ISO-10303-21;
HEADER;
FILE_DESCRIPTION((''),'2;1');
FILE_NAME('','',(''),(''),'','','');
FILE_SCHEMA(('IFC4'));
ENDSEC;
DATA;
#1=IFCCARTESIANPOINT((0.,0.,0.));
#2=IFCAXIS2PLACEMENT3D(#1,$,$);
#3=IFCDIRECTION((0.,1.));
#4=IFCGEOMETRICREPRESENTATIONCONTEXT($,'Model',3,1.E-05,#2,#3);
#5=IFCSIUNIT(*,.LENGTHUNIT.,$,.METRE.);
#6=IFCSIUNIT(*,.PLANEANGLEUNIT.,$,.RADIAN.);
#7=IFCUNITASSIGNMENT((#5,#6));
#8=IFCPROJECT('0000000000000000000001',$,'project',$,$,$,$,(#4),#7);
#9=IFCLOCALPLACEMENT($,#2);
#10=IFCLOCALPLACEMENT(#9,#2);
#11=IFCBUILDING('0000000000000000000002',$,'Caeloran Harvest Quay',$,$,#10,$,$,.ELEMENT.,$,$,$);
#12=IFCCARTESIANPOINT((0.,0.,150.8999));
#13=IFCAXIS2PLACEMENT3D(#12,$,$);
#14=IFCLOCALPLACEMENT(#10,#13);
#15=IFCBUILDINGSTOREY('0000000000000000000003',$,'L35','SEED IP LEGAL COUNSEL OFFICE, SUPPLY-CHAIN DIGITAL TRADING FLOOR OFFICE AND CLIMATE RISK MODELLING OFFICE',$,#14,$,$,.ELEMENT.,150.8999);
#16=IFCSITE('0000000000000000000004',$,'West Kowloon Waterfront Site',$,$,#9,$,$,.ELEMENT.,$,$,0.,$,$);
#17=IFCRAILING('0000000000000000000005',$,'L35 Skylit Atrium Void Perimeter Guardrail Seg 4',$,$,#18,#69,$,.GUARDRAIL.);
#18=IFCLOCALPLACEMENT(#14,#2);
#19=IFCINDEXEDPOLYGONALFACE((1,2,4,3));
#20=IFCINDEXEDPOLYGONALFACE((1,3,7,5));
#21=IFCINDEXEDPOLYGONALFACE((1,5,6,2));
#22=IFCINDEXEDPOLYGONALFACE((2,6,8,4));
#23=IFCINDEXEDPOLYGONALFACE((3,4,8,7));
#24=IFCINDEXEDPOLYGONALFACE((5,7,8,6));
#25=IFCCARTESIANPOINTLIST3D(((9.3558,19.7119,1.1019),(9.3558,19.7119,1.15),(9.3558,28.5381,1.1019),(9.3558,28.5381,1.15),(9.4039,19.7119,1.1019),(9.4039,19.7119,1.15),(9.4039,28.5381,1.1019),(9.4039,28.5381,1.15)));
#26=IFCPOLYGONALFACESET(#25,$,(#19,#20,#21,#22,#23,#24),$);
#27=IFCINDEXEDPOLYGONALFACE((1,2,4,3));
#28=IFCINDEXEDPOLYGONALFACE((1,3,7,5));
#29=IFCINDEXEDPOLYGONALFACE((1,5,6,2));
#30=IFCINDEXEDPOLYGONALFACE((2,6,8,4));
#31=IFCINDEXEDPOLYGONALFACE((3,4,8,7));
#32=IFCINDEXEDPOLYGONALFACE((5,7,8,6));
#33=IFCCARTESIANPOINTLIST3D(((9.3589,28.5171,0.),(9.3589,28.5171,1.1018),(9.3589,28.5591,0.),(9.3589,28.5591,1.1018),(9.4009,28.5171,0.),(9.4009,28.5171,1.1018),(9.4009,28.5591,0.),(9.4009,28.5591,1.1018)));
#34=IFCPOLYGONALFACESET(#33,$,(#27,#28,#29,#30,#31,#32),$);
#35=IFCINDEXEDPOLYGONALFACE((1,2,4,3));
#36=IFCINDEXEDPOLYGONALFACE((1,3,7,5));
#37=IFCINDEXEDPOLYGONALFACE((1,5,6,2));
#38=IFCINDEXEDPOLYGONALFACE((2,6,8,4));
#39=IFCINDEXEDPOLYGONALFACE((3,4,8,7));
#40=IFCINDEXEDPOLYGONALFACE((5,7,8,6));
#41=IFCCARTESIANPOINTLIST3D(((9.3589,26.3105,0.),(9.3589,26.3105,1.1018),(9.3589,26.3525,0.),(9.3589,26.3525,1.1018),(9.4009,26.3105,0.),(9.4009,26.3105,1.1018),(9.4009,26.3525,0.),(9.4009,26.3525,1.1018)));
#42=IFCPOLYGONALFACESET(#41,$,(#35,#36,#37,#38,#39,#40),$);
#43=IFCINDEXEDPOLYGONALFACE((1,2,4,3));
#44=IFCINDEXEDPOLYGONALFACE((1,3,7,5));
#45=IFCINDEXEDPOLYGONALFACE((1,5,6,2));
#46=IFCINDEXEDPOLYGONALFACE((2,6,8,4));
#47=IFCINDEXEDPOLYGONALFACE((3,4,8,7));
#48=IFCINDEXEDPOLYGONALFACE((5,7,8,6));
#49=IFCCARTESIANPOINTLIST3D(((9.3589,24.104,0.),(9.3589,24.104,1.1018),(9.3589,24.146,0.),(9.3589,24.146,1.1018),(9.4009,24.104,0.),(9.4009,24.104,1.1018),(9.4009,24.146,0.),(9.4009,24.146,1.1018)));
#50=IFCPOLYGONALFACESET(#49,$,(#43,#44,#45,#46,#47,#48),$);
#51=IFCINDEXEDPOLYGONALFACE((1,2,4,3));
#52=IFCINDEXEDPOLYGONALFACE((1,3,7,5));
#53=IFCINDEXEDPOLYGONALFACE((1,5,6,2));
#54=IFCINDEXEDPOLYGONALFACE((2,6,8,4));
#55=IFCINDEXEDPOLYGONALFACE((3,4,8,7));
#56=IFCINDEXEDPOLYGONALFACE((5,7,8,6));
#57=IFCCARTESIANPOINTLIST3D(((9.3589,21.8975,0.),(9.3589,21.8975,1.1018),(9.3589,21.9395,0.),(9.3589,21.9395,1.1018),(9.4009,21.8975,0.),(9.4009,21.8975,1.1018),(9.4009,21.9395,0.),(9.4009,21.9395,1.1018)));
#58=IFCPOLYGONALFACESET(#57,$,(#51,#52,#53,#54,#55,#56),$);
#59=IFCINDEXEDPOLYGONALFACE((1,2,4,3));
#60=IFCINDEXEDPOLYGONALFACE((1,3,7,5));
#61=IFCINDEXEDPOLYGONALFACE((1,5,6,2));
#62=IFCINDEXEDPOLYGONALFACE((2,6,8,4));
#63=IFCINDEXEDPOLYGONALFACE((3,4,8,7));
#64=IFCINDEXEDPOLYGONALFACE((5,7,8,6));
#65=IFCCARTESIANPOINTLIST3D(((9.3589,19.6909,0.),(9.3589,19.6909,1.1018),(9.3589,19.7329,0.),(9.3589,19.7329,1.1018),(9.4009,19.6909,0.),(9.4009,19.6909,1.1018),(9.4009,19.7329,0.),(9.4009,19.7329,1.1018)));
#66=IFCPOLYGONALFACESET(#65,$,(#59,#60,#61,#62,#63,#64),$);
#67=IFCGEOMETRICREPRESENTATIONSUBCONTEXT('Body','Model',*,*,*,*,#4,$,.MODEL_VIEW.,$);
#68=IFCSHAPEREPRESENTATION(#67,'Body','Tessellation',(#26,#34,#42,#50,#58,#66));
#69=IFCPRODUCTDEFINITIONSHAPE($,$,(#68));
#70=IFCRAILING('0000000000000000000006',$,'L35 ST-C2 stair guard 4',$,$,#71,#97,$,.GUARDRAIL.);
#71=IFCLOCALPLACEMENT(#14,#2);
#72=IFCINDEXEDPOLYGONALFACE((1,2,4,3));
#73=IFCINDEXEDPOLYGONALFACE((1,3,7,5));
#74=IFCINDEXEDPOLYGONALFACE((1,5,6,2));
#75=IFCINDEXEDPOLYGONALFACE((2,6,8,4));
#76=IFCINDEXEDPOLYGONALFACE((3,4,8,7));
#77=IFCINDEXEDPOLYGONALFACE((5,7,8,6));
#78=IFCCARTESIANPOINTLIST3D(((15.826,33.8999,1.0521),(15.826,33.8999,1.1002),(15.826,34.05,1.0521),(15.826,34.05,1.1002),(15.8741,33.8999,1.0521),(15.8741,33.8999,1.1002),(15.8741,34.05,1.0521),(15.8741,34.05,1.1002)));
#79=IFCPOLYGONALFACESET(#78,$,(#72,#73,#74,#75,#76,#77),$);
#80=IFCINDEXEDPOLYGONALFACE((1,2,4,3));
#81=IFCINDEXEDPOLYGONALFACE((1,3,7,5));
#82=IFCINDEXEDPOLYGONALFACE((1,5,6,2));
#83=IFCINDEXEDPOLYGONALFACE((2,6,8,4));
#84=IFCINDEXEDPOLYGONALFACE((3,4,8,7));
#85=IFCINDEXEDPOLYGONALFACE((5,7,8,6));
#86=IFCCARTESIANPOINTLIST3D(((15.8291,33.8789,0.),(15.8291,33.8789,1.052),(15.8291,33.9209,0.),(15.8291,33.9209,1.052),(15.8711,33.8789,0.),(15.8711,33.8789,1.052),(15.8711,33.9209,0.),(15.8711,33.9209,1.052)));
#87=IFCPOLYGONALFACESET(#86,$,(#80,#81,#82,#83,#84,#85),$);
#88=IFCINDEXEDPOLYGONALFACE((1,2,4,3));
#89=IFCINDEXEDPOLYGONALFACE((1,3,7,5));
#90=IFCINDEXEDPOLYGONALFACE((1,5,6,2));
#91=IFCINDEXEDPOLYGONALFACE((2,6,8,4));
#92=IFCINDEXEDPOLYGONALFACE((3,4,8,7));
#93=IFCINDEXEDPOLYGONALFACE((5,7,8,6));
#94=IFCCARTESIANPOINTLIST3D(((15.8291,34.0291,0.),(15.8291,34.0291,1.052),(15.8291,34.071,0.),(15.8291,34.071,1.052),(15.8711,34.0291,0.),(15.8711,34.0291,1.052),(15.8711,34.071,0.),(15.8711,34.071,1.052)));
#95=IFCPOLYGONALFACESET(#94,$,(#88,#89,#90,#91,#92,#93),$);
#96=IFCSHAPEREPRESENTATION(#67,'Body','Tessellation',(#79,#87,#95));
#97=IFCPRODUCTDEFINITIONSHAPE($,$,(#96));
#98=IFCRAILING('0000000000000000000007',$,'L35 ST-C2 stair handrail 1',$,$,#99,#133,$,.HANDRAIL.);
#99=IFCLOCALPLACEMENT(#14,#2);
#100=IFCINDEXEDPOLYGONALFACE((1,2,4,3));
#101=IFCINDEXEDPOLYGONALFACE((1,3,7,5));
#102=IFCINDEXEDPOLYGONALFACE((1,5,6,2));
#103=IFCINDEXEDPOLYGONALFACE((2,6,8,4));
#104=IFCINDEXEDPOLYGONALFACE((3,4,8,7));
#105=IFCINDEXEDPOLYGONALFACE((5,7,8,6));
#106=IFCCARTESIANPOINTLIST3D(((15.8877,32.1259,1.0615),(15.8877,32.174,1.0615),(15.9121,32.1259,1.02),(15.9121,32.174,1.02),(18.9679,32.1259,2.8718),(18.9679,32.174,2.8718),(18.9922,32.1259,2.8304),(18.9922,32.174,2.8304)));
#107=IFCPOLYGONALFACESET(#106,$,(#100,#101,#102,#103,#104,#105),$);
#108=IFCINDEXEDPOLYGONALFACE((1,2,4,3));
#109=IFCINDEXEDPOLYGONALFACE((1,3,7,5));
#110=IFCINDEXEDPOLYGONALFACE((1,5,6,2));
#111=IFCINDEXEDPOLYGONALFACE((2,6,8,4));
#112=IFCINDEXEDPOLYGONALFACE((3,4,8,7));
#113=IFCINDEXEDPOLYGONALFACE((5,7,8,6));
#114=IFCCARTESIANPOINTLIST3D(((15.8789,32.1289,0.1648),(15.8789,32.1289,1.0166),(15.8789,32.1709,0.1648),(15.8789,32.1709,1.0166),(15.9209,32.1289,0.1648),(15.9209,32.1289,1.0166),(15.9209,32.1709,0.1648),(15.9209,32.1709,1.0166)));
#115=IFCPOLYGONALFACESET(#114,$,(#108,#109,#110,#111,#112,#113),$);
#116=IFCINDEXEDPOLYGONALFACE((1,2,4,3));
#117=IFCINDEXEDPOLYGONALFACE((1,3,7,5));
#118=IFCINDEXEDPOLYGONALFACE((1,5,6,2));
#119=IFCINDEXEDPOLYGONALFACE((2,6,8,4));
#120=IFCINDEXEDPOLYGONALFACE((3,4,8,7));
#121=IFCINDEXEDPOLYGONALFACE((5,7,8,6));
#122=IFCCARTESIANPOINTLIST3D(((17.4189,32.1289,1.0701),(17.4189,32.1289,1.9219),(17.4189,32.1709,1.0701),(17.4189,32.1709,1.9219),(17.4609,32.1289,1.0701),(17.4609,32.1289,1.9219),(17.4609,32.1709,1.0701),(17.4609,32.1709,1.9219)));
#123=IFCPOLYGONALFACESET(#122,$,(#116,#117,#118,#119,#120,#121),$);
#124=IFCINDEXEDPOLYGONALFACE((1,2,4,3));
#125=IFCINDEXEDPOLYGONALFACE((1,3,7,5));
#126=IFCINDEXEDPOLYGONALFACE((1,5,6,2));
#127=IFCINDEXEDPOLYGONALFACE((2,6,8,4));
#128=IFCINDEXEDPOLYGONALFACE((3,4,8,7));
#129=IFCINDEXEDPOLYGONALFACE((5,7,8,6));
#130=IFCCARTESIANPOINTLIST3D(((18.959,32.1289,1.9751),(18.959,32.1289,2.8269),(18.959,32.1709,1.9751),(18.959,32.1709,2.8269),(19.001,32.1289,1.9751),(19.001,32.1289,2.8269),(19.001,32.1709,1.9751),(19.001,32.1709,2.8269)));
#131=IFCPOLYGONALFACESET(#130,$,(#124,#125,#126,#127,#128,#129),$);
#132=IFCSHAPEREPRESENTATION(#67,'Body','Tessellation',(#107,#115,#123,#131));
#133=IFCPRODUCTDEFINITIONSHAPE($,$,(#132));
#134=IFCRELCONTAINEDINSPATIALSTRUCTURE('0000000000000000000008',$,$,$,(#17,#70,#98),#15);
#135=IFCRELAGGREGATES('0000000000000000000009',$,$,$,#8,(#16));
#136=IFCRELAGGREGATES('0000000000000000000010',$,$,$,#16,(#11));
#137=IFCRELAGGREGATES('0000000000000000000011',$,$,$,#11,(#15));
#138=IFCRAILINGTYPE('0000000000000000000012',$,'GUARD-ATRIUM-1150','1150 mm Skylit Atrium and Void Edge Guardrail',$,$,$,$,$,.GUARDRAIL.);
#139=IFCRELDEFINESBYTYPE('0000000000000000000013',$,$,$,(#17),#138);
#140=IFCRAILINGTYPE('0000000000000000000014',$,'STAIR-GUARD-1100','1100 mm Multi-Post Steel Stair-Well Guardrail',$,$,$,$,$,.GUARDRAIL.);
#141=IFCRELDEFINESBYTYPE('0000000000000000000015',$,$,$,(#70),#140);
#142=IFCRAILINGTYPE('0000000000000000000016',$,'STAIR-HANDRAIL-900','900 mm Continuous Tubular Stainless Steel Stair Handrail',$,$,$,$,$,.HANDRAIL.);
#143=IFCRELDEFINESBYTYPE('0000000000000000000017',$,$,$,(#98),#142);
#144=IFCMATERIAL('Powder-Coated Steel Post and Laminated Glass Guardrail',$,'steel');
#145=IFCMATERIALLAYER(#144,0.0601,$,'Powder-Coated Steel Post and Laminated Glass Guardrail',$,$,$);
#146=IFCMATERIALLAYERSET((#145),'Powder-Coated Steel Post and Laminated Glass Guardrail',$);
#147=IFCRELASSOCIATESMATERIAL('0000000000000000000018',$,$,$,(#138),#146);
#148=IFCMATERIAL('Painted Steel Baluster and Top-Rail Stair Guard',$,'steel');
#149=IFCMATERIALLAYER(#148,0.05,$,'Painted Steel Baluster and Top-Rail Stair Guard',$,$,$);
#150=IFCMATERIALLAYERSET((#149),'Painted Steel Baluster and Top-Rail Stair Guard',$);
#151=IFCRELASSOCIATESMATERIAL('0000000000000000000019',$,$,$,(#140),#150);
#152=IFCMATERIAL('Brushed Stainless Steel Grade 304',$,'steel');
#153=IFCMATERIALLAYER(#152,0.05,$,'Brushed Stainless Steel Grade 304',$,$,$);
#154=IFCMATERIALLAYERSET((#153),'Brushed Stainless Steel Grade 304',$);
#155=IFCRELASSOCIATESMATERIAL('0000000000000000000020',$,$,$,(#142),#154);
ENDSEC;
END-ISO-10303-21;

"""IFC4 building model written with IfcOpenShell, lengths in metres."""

from ifc_helpers import new_model, si_unit, direction, frame, origin, origin_2d, place, context, subcontext, project, spatial, rectangle, extrude, material, layer, layer_set, type_object, element, save


model = new_model("IFC4")

# Units and contexts
model_context = context("Model", 3, precision=1e-05, world=origin(), true_north=direction((0.0, 1.0)))
body_context = subcontext(model_context, "Body", "Model", "MODEL_VIEW")
ifc_project = project(units=[si_unit("LENGTHUNIT", "METRE"), si_unit("PLANEANGLEUNIT", "RADIAN")], contexts=[model_context])

# Site, building, storey
site_placement = place(None, origin())
site = spatial("IfcSite", under=ifc_project, at=site_placement, Name="West Kowloon Waterfront Site", CompositionType="ELEMENT", RefElevation=0.0)
building_placement = place(site_placement, origin())
building = spatial("IfcBuilding", under=site, at=building_placement, Name="Caeloran Harvest Quay", CompositionType="ELEMENT")
storey_placement = place(building_placement, frame((0.0, 0.0, 150.8999)))
storey = spatial("IfcBuildingStorey", under=building, at=storey_placement, Name="L35", Description="SEED IP LEGAL COUNSEL OFFICE, SUPPLY-CHAIN DIGITAL TRADING FLOOR OFFICE AND CLIMATE RISK MODELLING OFFICE", CompositionType="ELEMENT", Elevation=150.8999)

# Railings
ifc_material_1 = material(Name="Powder-Coated Steel Post and Laminated Glass Guardrail", Category="steel")
ifc_layer_1 = layer(ifc_material_1, 0.0601, Name="Powder-Coated Steel Post and Laminated Glass Guardrail")
ifc_layer_set_1 = layer_set([ifc_layer_1], Name="Powder-Coated Steel Post and Laminated Glass Guardrail")
railing_type_1 = type_object("IfcRailingType", Name="GUARD-ATRIUM-1150", Description="1150 mm Skylit Atrium and Void Edge Guardrail", PredefinedType="GUARDRAIL", material=ifc_layer_set_1)
railing_1_placement = place(storey_placement, frame((9.3799, 28.5381, 0.0)))
element("IfcRailing", 1, at=railing_1_placement, inside=storey, type_object=railing_type_1, Name="L35 Skylit Atrium Void Perimeter Guardrail Seg 4", PredefinedType="GUARDRAIL", context=body_context, shape_type="SweptSolid", body=[
    extrude(rectangle(XDim=0.0481, YDim=0.0481, at=origin_2d()), frame((0.0, 0.0, 1.126), z_axis=(0.0, -1.0, 0.0), x_axis=(1.0, 0.0, 0.0)), (0.0, 0.0, 1.0), 8.8262),
    extrude(rectangle(XDim=0.042, YDim=0.042, at=origin_2d()), origin(), (0.0, 0.0, 1.0), 1.1018),
    extrude(rectangle(XDim=0.042, YDim=0.042, at=origin_2d()), frame((0.0, -2.2065, 0.0)), (0.0, 0.0, 1.0), 1.1018),
    extrude(rectangle(XDim=0.042, YDim=0.042, at=origin_2d()), frame((0.0, -4.4131, 0.0)), (0.0, 0.0, 1.0), 1.1018),
    extrude(rectangle(XDim=0.042, YDim=0.042, at=origin_2d()), frame((0.0, -6.6196, 0.0)), (0.0, 0.0, 1.0), 1.1018),
    extrude(rectangle(XDim=0.042, YDim=0.042, at=origin_2d()), frame((0.0, -8.8262, 0.0)), (0.0, 0.0, 1.0), 1.1018),
])
ifc_material_2 = material(Name="Painted Steel Baluster and Top-Rail Stair Guard", Category="steel")
ifc_layer_2 = layer(ifc_material_2, 0.05, Name="Painted Steel Baluster and Top-Rail Stair Guard")
ifc_layer_set_2 = layer_set([ifc_layer_2], Name="Painted Steel Baluster and Top-Rail Stair Guard")
railing_type_2 = type_object("IfcRailingType", Name="STAIR-GUARD-1100", Description="1100 mm Multi-Post Steel Stair-Well Guardrail", PredefinedType="GUARDRAIL", material=ifc_layer_set_2)
railing_2_placement = place(storey_placement, frame((15.8501, 33.8999, 0.0)))
element("IfcRailing", 2, at=railing_2_placement, inside=storey, type_object=railing_type_2, Name="L35 ST-C2 stair guard 4", PredefinedType="GUARDRAIL", context=body_context, shape_type="SweptSolid", body=[
    extrude(rectangle(XDim=0.0481, YDim=0.0481, at=origin_2d()), frame((0.0, 0.0, 1.0762), z_axis=(0.0, 1.0, 0.0), x_axis=(-1.0, 0.0, 0.0)), (0.0, 0.0, 1.0), 0.1501),
    extrude(rectangle(XDim=0.042, YDim=0.042, at=origin_2d()), origin(), (0.0, 0.0, 1.0), 1.052),
    extrude(rectangle(XDim=0.042, YDim=0.042, at=origin_2d()), frame((0.0, 0.1501, 0.0)), (0.0, 0.0, 1.0), 1.052),
])
ifc_material_3 = material(Name="Brushed Stainless Steel Grade 304", Category="steel")
ifc_layer_3 = layer(ifc_material_3, 0.05, Name="Brushed Stainless Steel Grade 304")
ifc_layer_set_3 = layer_set([ifc_layer_3], Name="Brushed Stainless Steel Grade 304")
railing_type_3 = type_object("IfcRailingType", Name="STAIR-HANDRAIL-900", Description="900 mm Continuous Tubular Stainless Steel Stair Handrail", PredefinedType="HANDRAIL", material=ifc_layer_set_3)
railing_3_placement = place(storey_placement, frame((15.8999, 32.1499, 0.1648)))
element("IfcRailing", 3, at=railing_3_placement, inside=storey, type_object=railing_type_3, Name="L35 ST-C2 stair handrail 1", PredefinedType="HANDRAIL", context=body_context, shape_type="SweptSolid", body=[
    extrude(rectangle(XDim=0.0481, YDim=0.0481, at=origin_2d()), frame((0.0, 0.0, 0.876), z_axis=(0.862119, 0.0, 0.506707), x_axis=(0.0, 1.0, 0.0)), (0.0, 0.0, 1.0), 3.5728),
    extrude(rectangle(XDim=0.042, YDim=0.042, at=origin_2d()), origin(), (0.0, 0.0, 1.0), 0.8518),
    extrude(rectangle(XDim=0.042, YDim=0.042, at=origin_2d()), frame((1.54, 0.0, 0.9053)), (0.0, 0.0, 1.0), 0.8518),
    extrude(rectangle(XDim=0.042, YDim=0.042, at=origin_2d()), frame((3.0801, 0.0, 1.8103)), (0.0, 0.0, 1.0), 0.8518),
])

save(model, "model.ifc")
